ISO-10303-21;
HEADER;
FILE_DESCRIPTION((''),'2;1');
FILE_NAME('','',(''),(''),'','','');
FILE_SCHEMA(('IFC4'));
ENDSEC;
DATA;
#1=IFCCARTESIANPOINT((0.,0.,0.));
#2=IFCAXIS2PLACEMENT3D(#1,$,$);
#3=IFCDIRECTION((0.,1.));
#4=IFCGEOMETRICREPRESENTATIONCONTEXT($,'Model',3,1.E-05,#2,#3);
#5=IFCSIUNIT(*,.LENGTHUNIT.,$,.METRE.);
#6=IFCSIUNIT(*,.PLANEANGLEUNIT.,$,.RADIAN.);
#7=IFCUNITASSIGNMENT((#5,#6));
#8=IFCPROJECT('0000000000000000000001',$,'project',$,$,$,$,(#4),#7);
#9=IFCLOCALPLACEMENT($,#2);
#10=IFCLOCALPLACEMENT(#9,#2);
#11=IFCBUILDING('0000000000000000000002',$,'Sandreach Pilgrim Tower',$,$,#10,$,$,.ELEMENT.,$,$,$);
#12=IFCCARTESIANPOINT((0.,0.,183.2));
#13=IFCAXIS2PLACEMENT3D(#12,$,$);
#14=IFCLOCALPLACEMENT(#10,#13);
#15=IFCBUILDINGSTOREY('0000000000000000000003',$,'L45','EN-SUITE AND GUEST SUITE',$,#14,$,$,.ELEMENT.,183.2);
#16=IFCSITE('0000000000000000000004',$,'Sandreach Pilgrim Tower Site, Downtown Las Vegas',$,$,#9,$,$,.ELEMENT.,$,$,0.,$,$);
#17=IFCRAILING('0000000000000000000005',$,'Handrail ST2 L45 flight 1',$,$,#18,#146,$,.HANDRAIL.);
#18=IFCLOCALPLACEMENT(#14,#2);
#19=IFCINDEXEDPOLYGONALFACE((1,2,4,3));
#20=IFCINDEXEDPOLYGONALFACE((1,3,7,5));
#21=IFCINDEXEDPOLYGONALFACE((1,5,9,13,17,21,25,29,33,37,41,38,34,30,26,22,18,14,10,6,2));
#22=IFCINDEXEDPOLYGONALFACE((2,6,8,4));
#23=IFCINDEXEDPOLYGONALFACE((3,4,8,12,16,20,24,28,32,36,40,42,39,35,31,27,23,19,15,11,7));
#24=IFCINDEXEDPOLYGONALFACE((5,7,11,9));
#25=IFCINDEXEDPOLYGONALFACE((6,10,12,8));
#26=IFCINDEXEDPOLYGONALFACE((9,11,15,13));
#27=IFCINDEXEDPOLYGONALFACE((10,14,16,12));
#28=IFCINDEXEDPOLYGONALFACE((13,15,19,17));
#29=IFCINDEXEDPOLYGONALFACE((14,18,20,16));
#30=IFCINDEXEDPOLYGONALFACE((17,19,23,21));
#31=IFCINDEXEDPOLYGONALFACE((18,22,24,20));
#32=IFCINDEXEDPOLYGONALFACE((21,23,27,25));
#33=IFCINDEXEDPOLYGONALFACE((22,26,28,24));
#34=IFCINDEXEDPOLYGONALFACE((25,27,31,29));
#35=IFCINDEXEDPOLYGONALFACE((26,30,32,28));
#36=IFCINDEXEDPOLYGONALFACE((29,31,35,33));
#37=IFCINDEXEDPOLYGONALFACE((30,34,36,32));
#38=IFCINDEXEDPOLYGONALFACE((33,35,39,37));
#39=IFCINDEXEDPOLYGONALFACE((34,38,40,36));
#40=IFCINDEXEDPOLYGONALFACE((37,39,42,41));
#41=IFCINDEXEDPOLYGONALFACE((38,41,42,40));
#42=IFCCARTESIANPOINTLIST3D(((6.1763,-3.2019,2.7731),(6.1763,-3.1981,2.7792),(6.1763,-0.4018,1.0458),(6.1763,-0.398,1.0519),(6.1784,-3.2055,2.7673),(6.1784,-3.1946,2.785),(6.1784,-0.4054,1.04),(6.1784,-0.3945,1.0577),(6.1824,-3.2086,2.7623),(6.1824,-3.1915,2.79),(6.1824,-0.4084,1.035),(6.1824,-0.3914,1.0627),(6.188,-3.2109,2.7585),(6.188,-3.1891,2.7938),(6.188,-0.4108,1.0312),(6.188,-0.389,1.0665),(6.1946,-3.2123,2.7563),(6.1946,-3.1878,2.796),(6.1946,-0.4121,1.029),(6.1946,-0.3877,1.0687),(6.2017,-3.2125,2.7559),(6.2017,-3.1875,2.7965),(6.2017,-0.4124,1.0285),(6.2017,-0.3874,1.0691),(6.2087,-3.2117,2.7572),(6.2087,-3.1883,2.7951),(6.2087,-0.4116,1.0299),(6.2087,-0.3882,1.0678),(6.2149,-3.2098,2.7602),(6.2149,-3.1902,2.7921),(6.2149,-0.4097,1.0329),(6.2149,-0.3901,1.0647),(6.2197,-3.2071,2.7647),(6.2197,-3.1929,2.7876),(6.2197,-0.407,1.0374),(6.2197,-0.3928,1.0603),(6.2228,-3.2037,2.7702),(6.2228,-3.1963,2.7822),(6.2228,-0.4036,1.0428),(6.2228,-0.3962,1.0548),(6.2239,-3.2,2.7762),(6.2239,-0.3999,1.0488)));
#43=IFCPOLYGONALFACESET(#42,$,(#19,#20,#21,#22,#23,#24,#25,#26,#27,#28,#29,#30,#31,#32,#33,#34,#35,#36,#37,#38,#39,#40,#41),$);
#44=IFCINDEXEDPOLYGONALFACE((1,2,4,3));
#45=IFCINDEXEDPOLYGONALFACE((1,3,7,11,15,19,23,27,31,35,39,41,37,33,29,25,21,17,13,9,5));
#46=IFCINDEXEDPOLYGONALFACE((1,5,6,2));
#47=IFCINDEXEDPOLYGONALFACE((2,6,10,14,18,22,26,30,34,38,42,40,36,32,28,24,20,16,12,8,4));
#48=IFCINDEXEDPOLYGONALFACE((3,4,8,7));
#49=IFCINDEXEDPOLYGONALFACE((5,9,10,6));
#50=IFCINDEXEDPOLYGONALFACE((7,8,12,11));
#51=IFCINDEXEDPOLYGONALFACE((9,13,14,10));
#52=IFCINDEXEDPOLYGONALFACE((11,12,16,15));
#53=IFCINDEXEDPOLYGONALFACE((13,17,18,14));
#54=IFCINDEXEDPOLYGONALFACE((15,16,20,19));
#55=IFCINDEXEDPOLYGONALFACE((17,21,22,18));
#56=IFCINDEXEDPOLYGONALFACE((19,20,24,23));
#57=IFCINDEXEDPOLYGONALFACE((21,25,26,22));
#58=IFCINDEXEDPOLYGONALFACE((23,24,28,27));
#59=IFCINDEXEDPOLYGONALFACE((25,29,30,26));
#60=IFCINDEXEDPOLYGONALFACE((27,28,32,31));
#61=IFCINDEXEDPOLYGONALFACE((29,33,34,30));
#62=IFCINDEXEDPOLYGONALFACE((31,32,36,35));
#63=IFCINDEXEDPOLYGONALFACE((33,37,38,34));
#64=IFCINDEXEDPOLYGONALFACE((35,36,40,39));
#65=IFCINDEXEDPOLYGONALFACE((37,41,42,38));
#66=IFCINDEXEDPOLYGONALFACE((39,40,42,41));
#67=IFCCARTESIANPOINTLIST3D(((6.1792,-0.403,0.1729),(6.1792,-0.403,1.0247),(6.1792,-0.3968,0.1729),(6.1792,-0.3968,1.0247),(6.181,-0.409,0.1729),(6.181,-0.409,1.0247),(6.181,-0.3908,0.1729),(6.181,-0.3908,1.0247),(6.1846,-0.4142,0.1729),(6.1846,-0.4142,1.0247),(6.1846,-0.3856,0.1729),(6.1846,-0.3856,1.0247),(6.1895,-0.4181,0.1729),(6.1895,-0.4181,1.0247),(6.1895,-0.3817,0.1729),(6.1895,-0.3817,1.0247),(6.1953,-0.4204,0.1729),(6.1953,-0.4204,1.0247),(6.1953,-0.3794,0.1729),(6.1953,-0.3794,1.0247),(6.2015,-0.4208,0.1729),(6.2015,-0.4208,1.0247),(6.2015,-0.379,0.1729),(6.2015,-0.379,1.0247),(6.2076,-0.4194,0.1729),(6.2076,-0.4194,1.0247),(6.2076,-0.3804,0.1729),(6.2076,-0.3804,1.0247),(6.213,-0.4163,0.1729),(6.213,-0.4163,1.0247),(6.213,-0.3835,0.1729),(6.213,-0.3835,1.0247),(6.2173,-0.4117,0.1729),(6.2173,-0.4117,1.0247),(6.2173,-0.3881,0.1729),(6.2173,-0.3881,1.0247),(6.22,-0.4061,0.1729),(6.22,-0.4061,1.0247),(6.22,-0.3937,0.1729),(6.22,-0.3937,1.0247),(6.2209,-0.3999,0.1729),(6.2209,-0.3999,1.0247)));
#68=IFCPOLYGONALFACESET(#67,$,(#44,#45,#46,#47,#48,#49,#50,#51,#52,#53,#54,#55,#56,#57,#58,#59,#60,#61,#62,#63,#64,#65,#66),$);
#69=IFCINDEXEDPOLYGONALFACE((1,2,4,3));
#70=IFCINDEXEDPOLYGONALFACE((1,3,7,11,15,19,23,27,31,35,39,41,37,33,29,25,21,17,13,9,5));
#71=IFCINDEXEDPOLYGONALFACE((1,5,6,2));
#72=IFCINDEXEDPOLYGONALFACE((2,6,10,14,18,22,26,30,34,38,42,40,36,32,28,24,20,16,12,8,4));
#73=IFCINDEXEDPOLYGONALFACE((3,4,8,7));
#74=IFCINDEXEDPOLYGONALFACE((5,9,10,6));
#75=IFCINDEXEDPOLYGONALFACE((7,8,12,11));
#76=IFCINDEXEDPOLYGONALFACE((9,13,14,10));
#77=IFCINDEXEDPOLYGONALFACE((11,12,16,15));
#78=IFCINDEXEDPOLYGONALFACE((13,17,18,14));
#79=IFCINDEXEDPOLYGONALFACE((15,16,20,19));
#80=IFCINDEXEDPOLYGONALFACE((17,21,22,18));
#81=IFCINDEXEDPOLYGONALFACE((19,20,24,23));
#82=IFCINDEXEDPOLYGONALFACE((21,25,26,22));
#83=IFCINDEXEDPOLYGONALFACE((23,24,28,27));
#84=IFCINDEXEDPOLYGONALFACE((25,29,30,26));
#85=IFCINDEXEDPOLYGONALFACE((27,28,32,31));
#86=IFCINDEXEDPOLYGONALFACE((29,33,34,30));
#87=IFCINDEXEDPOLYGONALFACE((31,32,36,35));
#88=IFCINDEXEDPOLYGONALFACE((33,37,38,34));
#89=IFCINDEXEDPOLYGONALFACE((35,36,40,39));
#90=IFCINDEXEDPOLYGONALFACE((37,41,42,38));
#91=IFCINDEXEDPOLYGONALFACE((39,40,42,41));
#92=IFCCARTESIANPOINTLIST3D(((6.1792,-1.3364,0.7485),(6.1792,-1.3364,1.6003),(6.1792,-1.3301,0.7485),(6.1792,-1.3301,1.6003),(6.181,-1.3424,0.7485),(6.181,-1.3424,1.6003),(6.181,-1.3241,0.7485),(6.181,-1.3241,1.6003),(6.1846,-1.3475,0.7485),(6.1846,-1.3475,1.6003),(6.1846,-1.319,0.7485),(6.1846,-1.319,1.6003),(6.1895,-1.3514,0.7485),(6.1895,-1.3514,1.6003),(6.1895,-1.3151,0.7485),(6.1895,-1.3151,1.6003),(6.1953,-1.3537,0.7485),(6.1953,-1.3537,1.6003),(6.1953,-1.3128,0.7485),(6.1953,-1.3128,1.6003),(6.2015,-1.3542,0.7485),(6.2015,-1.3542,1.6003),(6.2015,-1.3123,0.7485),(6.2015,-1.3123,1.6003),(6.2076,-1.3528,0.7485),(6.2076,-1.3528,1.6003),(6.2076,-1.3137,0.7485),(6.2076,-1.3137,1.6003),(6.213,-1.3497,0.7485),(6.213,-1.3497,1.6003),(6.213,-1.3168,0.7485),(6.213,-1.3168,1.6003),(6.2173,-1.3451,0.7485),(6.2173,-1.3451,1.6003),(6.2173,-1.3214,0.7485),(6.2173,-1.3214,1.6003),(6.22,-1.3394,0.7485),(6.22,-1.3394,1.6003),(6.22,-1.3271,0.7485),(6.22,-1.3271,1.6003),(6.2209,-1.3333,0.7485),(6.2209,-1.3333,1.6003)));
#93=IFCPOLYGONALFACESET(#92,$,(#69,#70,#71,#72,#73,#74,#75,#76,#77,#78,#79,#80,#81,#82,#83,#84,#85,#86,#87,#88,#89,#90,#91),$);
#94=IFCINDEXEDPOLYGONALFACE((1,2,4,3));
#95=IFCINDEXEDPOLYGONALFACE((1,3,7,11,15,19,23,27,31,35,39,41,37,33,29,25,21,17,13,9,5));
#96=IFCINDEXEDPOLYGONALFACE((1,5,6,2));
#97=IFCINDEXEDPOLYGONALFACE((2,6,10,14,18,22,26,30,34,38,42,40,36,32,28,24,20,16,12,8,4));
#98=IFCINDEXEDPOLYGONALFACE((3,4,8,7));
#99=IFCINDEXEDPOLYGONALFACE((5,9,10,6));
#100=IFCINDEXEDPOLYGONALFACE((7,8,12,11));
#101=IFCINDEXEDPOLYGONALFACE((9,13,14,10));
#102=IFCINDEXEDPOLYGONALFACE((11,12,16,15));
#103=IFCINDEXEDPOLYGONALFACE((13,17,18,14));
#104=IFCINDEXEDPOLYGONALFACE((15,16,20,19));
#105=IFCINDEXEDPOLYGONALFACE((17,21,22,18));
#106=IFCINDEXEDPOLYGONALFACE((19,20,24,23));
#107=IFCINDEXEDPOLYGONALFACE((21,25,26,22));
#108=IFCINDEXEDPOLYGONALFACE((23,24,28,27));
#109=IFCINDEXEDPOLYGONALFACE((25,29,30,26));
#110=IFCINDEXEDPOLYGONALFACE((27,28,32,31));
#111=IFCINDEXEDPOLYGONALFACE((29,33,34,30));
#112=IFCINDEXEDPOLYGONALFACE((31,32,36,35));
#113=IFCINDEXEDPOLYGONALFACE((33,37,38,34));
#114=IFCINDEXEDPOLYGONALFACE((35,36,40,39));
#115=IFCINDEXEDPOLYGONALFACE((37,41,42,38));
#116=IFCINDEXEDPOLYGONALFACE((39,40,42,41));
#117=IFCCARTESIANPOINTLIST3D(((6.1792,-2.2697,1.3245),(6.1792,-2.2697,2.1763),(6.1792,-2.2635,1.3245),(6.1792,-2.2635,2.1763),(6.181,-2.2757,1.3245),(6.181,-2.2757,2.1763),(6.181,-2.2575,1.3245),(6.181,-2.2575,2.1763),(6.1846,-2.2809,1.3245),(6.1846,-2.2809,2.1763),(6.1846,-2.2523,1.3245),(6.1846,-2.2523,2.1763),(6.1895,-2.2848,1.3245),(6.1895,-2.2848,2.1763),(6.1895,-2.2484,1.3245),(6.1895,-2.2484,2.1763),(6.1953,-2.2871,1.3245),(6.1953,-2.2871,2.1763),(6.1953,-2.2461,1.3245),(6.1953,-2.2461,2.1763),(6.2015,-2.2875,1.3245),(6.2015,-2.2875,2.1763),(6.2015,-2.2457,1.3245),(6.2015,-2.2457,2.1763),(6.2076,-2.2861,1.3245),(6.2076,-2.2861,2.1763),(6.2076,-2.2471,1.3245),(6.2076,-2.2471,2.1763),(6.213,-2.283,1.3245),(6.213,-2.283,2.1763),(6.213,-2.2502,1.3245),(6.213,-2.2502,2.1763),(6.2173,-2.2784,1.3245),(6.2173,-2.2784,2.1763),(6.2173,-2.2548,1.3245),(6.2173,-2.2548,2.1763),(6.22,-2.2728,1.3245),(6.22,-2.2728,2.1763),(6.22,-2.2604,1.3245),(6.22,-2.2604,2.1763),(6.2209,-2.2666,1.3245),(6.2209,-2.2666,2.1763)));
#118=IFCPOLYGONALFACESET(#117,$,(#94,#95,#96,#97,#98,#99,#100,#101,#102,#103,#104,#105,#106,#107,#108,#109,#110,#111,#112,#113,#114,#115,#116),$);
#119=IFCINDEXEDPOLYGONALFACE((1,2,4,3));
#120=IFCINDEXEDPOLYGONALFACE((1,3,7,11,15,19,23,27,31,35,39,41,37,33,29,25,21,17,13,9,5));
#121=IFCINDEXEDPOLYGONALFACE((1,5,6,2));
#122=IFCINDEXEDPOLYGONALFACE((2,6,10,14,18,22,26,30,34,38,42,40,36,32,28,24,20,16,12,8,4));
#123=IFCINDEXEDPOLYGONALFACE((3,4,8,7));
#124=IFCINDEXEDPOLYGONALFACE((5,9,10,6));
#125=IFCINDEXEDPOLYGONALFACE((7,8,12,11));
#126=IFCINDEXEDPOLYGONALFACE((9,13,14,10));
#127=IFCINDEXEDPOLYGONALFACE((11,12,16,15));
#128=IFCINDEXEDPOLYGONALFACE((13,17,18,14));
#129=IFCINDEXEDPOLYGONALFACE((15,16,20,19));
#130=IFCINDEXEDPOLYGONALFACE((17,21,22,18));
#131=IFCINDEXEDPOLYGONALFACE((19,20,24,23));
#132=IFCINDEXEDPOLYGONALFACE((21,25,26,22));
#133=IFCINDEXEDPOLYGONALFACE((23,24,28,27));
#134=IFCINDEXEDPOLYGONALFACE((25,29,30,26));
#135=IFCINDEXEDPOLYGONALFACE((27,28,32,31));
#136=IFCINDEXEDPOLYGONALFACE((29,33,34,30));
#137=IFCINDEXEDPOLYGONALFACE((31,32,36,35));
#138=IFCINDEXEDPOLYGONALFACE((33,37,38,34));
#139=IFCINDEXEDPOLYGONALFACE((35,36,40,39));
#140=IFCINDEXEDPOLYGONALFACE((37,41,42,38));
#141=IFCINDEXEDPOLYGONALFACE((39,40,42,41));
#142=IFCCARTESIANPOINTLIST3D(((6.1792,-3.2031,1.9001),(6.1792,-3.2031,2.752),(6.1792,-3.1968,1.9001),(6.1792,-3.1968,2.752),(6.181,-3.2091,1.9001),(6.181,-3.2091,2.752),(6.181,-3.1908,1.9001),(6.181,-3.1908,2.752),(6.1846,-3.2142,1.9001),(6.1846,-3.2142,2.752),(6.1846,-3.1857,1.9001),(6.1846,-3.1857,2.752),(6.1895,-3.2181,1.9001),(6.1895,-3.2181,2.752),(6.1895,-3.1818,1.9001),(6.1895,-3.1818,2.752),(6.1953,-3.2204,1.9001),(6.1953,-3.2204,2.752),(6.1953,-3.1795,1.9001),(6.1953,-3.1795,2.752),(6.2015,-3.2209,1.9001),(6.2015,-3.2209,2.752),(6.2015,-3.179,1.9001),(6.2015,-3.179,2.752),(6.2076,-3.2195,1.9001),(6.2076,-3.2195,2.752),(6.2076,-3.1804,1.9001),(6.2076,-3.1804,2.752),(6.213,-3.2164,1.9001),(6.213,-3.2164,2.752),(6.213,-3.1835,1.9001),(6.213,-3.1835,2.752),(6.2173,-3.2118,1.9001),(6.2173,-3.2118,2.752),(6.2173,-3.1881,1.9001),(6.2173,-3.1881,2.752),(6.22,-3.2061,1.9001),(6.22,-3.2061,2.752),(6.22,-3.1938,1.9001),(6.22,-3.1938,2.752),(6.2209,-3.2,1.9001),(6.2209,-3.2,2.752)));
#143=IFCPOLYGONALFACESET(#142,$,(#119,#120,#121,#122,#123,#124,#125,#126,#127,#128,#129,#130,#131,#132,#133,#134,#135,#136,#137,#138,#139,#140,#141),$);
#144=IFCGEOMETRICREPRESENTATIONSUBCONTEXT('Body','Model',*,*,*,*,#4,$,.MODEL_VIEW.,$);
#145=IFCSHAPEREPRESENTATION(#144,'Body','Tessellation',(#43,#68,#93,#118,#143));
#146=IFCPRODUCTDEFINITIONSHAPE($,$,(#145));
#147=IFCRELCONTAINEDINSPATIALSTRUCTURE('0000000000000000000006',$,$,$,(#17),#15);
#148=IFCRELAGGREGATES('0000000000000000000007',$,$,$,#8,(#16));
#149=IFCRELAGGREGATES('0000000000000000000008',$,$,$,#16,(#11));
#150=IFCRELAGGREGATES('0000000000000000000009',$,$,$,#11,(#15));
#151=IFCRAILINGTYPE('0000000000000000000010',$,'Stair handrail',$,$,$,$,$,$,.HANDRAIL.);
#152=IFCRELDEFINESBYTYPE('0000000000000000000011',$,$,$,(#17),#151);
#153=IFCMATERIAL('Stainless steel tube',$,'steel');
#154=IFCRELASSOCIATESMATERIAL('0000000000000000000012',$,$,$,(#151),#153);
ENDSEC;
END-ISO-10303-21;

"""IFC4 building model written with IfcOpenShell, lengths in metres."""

from ifc_helpers import new_model, si_unit, direction, frame, origin, origin_2d, place, context, subcontext, project, spatial, circle, extrude, material, type_object, element, save


model = new_model("IFC4")

# Units and contexts
model_context = context("Model", 3, precision=1e-05, world=origin(), true_north=direction((0.0, 1.0)))
body_context = subcontext(model_context, "Body", "Model", "MODEL_VIEW")
ifc_project = project(units=[si_unit("LENGTHUNIT", "METRE"), si_unit("PLANEANGLEUNIT", "RADIAN")], contexts=[model_context])

# Site, building, storey
site_placement = place(None, origin())
site = spatial("IfcSite", under=ifc_project, at=site_placement, Name="Sandreach Pilgrim Tower Site, Downtown Las Vegas", CompositionType="ELEMENT", RefElevation=0.0)
building_placement = place(site_placement, origin())
building = spatial("IfcBuilding", under=site, at=building_placement, Name="Sandreach Pilgrim Tower", CompositionType="ELEMENT")
storey_placement = place(building_placement, frame((0.0, 0.0, 183.2)))
storey = spatial("IfcBuildingStorey", under=building, at=storey_placement, Name="L45", Description="EN-SUITE AND GUEST SUITE", CompositionType="ELEMENT", Elevation=183.2)

# Railing
ifc_material_1 = material(Name="Stainless steel tube", Category="steel")
railing_type = type_object("IfcRailingType", Name="Stair handrail", PredefinedType="HANDRAIL", material=ifc_material_1)
for number, where, name in (
    (1, (6.2, -0.3999, 0.1729), "Handrail ST2 L45 flight 1"),
):
    element("IfcRailing", number, at=place(storey_placement, frame(where)), inside=storey, type_object=railing_type, Name=name, PredefinedType="HANDRAIL", context=body_context, shape_type="SweptSolid", body=[
        extrude(circle(Radius=0.0239, at=origin_2d()), frame((0.0, 0.0, 0.876), z_axis=(0.0, -0.85109, 0.52502), x_axis=(1.0, 0.0, 0.0)), (0.0, 0.0, 1.0), 3.29),
        extrude(circle(Radius=0.021, at=origin_2d()), origin(), (0.0, 0.0, 1.0), 0.8518),
        extrude(circle(Radius=0.021, at=origin_2d()), frame((0.0, -0.9333, 0.5757)), (0.0, 0.0, 1.0), 0.8518),
        extrude(circle(Radius=0.021, at=origin_2d()), frame((0.0, -1.8667, 1.1516)), (0.0, 0.0, 1.0), 0.8518),
        extrude(circle(Radius=0.021, at=origin_2d()), frame((0.0, -2.8, 1.7273)), (0.0, 0.0, 1.0), 0.8518),
    ])

save(model, "model.ifc")
